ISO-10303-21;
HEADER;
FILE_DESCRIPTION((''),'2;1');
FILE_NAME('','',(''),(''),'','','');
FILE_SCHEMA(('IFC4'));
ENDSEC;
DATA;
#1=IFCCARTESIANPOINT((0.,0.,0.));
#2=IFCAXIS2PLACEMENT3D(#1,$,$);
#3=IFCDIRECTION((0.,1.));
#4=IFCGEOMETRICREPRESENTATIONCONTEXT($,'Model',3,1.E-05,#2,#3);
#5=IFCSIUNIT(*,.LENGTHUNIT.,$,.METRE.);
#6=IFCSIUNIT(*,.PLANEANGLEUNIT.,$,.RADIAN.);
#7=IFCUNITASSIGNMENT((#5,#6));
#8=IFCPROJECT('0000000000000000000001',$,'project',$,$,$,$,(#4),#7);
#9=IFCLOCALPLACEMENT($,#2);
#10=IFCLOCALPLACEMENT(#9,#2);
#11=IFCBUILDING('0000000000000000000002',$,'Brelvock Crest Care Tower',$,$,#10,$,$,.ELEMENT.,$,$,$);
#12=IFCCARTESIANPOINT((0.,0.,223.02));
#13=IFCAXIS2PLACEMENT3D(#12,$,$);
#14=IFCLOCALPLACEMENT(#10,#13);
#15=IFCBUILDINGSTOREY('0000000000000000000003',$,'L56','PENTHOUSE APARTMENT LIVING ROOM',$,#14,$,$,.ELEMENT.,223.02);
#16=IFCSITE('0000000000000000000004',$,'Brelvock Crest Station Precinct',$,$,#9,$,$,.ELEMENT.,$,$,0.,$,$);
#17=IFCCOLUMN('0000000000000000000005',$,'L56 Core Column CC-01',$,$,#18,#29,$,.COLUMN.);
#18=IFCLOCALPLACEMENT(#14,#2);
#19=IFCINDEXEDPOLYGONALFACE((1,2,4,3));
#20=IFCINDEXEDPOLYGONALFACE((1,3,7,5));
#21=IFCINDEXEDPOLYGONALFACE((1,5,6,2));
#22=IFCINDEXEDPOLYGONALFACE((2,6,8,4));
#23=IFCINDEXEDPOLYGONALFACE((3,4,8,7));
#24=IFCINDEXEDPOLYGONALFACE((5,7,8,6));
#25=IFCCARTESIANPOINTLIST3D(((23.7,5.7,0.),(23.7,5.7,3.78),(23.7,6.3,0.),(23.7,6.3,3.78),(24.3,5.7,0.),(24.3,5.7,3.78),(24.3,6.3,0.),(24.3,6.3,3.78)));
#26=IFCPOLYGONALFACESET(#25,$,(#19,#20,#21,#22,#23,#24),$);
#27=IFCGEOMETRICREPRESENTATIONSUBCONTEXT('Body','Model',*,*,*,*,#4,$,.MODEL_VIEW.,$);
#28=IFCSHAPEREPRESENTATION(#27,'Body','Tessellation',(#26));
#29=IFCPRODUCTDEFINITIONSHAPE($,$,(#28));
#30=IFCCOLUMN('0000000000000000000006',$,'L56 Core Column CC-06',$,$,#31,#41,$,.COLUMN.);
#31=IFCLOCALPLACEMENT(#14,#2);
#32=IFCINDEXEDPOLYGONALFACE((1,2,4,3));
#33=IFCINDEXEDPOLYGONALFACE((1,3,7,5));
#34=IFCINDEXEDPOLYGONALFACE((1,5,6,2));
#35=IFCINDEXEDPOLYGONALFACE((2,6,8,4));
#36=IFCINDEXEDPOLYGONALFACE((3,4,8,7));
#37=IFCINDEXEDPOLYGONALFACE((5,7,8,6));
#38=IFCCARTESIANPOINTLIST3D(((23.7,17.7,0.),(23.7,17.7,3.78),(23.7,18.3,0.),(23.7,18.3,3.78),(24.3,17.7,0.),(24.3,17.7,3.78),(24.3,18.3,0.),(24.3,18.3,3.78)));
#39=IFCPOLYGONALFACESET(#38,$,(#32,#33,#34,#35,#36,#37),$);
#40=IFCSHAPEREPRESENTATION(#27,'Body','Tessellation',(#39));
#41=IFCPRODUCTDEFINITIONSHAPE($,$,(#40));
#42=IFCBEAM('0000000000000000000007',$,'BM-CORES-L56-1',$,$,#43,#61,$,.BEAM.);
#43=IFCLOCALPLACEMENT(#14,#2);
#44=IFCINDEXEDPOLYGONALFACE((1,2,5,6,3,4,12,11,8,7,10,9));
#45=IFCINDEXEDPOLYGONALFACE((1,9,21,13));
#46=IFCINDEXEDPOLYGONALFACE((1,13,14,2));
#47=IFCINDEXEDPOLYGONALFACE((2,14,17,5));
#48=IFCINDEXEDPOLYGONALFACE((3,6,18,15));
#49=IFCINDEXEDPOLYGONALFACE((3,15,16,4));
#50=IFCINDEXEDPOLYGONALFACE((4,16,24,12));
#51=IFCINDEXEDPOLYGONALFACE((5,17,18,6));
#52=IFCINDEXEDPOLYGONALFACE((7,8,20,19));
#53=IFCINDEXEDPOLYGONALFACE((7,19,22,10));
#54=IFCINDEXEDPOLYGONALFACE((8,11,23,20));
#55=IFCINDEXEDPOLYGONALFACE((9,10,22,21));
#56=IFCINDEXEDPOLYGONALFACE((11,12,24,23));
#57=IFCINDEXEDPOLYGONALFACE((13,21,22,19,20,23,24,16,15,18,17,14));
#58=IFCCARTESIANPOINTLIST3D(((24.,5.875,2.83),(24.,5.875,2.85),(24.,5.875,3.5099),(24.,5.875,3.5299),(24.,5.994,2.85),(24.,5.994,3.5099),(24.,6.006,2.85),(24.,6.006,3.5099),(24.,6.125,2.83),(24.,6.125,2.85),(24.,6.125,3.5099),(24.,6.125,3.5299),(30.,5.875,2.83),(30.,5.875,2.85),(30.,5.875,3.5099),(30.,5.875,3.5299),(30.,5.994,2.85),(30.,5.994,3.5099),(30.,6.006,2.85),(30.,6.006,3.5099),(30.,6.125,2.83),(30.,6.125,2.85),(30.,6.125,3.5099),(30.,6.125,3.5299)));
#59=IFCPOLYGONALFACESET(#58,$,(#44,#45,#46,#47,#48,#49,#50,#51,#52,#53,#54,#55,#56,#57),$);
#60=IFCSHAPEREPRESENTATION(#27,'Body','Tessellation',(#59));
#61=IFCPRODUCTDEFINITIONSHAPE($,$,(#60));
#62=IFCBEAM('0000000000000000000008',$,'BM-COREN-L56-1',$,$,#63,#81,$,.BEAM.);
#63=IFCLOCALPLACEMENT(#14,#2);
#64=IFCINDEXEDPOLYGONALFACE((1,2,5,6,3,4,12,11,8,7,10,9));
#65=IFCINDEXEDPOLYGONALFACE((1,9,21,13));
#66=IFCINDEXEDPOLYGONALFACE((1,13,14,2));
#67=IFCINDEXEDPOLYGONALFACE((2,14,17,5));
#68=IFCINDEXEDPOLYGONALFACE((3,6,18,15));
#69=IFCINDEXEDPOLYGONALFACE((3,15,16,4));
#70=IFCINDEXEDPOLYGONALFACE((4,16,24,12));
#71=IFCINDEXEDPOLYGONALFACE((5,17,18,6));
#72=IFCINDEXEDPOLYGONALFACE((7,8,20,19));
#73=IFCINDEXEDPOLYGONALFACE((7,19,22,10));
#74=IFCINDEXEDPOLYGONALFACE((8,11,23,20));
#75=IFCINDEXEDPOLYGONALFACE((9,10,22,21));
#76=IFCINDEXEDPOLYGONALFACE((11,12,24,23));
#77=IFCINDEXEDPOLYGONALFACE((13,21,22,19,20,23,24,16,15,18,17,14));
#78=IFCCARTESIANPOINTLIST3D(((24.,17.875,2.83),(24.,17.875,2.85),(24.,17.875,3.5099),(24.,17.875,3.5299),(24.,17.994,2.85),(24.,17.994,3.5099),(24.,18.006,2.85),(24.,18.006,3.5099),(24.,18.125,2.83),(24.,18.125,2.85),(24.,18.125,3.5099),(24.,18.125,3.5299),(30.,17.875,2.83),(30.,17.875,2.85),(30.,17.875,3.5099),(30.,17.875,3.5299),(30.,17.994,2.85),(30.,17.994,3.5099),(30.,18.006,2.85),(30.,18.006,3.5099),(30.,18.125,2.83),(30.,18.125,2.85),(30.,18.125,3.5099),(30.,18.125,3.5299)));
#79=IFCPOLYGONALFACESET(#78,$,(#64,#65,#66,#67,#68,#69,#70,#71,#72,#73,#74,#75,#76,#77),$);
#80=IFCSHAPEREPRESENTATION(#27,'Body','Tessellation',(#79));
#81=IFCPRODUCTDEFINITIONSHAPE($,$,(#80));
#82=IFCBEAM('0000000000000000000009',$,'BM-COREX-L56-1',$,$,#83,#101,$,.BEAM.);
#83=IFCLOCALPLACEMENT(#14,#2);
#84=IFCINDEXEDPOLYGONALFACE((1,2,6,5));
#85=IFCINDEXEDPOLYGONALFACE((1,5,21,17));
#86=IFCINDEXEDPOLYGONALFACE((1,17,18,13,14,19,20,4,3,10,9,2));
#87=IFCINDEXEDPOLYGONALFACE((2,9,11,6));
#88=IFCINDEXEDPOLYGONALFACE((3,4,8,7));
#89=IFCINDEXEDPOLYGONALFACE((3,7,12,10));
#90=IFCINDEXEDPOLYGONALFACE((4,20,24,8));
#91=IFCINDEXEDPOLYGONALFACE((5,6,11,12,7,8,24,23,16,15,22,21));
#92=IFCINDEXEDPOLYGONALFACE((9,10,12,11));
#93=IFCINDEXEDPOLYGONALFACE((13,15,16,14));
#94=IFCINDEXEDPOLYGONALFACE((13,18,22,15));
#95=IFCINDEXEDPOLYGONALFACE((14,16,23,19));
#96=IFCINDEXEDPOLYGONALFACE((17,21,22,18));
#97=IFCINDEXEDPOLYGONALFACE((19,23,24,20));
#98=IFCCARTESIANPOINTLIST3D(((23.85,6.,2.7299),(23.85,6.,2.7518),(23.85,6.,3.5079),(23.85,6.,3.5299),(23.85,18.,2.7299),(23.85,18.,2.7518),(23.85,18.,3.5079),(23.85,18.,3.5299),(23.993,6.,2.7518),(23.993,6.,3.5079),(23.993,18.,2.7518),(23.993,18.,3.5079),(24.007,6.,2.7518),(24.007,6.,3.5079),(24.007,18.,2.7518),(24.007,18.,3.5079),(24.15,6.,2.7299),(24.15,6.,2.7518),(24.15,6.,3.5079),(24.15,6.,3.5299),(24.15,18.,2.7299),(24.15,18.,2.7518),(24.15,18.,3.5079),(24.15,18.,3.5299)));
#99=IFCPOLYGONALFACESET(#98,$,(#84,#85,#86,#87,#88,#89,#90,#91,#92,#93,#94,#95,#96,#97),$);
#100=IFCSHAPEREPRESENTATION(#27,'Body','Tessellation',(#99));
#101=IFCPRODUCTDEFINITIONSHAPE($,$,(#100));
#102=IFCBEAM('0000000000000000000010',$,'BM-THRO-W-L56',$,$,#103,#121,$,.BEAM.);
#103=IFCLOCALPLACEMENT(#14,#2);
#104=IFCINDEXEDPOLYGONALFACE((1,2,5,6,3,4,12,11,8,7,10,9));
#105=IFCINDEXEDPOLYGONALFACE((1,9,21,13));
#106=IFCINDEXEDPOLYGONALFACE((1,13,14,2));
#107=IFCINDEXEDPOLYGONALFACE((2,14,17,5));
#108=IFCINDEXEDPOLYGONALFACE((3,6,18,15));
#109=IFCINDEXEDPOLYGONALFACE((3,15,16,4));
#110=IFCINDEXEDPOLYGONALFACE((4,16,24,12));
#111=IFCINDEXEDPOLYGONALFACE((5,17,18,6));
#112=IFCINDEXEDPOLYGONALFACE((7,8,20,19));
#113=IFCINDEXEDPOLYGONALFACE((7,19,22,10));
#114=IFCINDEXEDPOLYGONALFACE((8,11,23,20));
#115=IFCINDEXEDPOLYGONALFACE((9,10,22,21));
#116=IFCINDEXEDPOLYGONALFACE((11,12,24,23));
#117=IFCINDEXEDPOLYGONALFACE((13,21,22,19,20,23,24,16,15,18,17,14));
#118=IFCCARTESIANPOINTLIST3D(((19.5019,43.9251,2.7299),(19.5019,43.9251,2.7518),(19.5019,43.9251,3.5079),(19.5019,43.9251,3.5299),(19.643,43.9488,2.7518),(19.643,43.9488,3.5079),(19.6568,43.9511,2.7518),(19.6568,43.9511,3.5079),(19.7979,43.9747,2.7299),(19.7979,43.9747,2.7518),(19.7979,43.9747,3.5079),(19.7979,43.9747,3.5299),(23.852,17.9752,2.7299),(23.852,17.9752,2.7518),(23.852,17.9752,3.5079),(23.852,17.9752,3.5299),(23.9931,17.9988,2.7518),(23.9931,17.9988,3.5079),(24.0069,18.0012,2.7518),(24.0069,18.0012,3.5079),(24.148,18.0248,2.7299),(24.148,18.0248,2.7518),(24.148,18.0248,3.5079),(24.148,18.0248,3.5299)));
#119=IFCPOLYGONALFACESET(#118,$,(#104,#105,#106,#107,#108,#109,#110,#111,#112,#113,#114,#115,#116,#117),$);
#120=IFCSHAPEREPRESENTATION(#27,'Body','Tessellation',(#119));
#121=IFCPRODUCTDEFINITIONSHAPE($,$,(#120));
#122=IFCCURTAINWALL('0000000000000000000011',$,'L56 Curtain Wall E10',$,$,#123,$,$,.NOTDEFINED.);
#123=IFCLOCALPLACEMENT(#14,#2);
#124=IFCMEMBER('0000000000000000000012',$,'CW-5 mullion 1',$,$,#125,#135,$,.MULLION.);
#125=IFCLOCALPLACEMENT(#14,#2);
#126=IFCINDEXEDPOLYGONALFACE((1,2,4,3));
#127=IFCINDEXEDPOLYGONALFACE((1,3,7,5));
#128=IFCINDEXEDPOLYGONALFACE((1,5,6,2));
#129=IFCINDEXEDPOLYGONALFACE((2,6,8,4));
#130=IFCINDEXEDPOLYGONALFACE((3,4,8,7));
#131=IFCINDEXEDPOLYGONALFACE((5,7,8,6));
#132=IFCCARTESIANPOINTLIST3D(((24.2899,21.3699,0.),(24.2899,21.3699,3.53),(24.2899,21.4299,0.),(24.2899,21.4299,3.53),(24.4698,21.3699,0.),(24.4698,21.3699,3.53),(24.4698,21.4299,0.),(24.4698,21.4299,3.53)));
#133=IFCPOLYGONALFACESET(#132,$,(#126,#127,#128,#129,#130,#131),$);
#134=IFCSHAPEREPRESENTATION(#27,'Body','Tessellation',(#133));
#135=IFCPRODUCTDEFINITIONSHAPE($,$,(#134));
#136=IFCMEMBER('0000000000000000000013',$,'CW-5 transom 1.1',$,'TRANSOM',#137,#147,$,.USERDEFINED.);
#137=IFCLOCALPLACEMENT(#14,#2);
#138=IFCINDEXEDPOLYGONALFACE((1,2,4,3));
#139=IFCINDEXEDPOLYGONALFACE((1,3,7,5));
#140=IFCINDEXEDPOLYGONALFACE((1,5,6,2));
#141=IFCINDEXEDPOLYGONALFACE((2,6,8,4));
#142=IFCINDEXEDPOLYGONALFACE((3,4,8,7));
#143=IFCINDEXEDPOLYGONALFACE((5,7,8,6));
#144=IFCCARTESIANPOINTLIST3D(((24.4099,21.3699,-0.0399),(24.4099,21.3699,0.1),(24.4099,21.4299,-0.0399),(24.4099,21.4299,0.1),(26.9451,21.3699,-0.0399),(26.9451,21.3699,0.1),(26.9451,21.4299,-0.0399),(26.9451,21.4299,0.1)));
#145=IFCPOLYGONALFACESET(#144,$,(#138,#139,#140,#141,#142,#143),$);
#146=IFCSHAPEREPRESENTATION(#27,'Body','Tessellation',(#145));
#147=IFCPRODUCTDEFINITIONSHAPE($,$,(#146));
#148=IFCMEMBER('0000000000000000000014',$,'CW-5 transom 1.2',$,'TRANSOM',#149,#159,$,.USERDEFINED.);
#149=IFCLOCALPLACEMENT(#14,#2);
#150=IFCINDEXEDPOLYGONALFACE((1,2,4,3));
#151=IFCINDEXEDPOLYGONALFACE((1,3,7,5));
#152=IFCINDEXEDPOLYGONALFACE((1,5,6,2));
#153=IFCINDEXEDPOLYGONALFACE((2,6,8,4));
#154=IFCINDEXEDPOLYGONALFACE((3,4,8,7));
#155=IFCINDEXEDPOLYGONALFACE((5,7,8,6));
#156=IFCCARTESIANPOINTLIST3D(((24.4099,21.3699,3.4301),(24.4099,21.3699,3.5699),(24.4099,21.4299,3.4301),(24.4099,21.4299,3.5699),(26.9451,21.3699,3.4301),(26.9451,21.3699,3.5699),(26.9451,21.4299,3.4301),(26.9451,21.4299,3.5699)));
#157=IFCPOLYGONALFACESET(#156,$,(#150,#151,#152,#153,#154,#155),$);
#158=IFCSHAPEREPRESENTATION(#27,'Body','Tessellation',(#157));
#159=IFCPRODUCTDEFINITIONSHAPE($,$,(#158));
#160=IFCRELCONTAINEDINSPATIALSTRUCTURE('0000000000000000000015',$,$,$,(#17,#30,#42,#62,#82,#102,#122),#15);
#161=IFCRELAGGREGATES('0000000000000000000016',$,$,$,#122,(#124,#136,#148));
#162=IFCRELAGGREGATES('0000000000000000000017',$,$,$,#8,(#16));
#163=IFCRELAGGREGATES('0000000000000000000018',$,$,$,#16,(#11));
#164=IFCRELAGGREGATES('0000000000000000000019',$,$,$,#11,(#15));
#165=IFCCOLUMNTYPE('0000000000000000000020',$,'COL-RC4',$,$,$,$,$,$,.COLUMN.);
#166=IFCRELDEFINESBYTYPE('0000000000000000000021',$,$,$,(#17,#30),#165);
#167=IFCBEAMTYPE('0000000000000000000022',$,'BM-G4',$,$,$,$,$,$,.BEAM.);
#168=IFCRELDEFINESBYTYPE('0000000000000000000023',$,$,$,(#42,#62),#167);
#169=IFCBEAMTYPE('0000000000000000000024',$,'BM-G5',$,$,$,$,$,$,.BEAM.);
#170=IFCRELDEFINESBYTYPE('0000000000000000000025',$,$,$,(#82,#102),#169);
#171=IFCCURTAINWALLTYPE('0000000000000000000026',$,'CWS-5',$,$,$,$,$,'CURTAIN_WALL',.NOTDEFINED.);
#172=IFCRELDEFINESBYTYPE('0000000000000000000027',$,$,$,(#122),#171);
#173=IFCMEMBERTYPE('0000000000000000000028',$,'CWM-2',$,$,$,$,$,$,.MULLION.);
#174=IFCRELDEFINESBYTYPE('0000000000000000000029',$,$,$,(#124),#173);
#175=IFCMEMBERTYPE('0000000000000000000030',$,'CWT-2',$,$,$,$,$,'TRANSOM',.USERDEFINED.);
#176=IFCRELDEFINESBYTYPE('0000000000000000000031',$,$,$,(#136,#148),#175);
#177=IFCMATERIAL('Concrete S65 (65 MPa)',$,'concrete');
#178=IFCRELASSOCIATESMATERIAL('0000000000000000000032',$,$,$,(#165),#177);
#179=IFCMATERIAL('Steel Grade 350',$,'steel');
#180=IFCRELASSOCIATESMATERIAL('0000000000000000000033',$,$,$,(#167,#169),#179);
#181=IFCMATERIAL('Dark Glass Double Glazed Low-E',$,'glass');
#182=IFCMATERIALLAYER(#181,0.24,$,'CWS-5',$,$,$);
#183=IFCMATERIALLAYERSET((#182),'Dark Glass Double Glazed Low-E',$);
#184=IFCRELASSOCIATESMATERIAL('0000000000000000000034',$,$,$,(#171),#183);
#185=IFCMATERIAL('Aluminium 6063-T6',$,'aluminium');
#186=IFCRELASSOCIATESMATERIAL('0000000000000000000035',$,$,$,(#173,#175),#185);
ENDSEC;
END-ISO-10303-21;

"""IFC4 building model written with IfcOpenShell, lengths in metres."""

from ifc_helpers import new_model, si_unit, direction, frame, origin, origin_2d, place, context, subcontext, project, spatial, rectangle, i_section, extrude, source, transform, mapped, material, layer, layer_set, material_profile, profile_set, type_object, element, aggregate, save


model = new_model("IFC4")

# Units and contexts
model_context = context("Model", 3, precision=1e-05, world=origin(), true_north=direction((0.0, 1.0)))
body_context = subcontext(model_context, "Body", "Model", "MODEL_VIEW")
ifc_project = project(units=[si_unit("LENGTHUNIT", "METRE"), si_unit("PLANEANGLEUNIT", "RADIAN")], contexts=[model_context])

# Site, building, storey
site_placement = place(None, origin())
site = spatial("IfcSite", under=ifc_project, at=site_placement, Name="Brelvock Crest Station Precinct", CompositionType="ELEMENT", RefElevation=0.0)
building_placement = place(site_placement, origin())
building = spatial("IfcBuilding", under=site, at=building_placement, Name="Brelvock Crest Care Tower", CompositionType="ELEMENT")
storey_placement = place(building_placement, frame((0.0, 0.0, 223.02)))
storey = spatial("IfcBuildingStorey", under=building, at=storey_placement, Name="L56", Description="PENTHOUSE APARTMENT LIVING ROOM", CompositionType="ELEMENT", Elevation=223.02)

# Columns
ifc_material_1 = material(Name="Concrete S65 (65 MPa)", Category="concrete")
ifc_material_profile_1 = material_profile(ifc_material_1, rectangle(XDim=0.6001, YDim=0.6001, at=origin_2d()), Name="RC600x600")
ifc_profile_set_1 = profile_set([ifc_material_profile_1], Name="Concrete S65 (65 MPa)")
column_type = type_object("IfcColumnType", Name="COL-RC4", PredefinedType="COLUMN", material=ifc_profile_set_1)
shared_shape_1 = source(origin(), body_context, "Body", "SweptSolid", [
    extrude(rectangle(XDim=0.6001, YDim=0.6001, at=origin_2d()), origin(), (0.0, 0.0, 1.0), 3.78),
])
for number, where, z_axis, x_axis, name in (
    (1, (24.0, 6.0, 0.0), (0.0, 0.0, 1.0), (1.0, 0.0, 0.0), "L56 Core Column CC-01"),
    (2, (24.0, 18.0, 0.0), (0.0, 0.0, 1.0), (1.0, 0.0, 0.0), "L56 Core Column CC-06"),
):
    element("IfcColumn", number, at=place(storey_placement, frame(where, z_axis=z_axis, x_axis=x_axis)), inside=storey, type_object=column_type, Name=name, PredefinedType="COLUMN", context=body_context, shape_type="MappedRepresentation", body=[
        mapped(shared_shape_1, transform((0.0, 0.0, 0.0), x_axis=(1.0, 0.0, 0.0), y_axis=(0.0, 1.0, 0.0), z_axis=(0.0, 0.0, 1.0), scale=1.0)),
    ])

# Beams
ifc_material_2 = material(Name="Steel Grade 350", Category="steel")
ifc_material_profile_2 = material_profile(ifc_material_2, i_section(OverallWidth=0.25, OverallDepth=0.7, WebThickness=0.012, FlangeThickness=0.02, at=origin_2d()), Name="700WB150")
ifc_profile_set_2 = profile_set([ifc_material_profile_2], Name="Steel Grade 350")
beam_type_1 = type_object("IfcBeamType", Name="BM-G4", PredefinedType="BEAM", material=ifc_profile_set_2)
shared_shape_2 = source(origin(), body_context, "Body", "SweptSolid", [
    extrude(i_section(OverallWidth=0.25, OverallDepth=0.7, WebThickness=0.012, FlangeThickness=0.02, at=origin_2d()), origin(), (0.0, 0.0, 1.0), 6.0),
])
for number, where, z_axis, x_axis, name in (
    (3, (24.0, 6.0, 3.1799), (1.0, 0.0, 0.0), (0.0, 1.0, 0.0), "BM-CORES-L56-1"),
    (4, (24.0, 18.0, 3.1799), (1.0, 0.0, 0.0), (0.0, 1.0, 0.0), "BM-COREN-L56-1"),
):
    element("IfcBeam", number, at=place(storey_placement, frame(where, z_axis=z_axis, x_axis=x_axis)), inside=storey, type_object=beam_type_1, Name=name, PredefinedType="BEAM", context=body_context, shape_type="MappedRepresentation", body=[
        mapped(shared_shape_2, transform((0.0, 0.0, 0.0), x_axis=(1.0, 0.0, 0.0), y_axis=(0.0, 1.0, 0.0), z_axis=(0.0, 0.0, 1.0), scale=1.0)),
    ])
ifc_material_profile_3 = material_profile(ifc_material_2, i_section(OverallWidth=0.3, OverallDepth=0.8, WebThickness=0.0139, FlangeThickness=0.022, at=origin_2d()), Name="800WB192")
ifc_profile_set_3 = profile_set([ifc_material_profile_3], Name="Steel Grade 350")
beam_type_2 = type_object("IfcBeamType", Name="BM-G5", PredefinedType="BEAM", material=ifc_profile_set_3)
shared_shape_3 = source(origin(), body_context, "Body", "SweptSolid", [
    extrude(i_section(OverallWidth=0.3, OverallDepth=0.8, WebThickness=0.0139, FlangeThickness=0.022, at=origin_2d()), origin(), (0.0, 0.0, 1.0), 12.0),
])
beam_1_placement = place(storey_placement, frame((24.0, 6.0, 3.1299), z_axis=(0.0, 1.0, 0.0), x_axis=(-1.0, 0.0, 0.0)))
element("IfcBeam", 5, at=beam_1_placement, inside=storey, type_object=beam_type_2, Name="BM-COREX-L56-1", PredefinedType="BEAM", context=body_context, shape_type="MappedRepresentation", body=[
    mapped(shared_shape_3, transform((0.0, 0.0, 0.0), x_axis=(1.0, 0.0, 0.0), y_axis=(0.0, 1.0, 0.0), z_axis=(0.0, 0.0, 1.0), scale=1.0)),
])
shared_shape_4 = source(origin(), body_context, "Body", "SweptSolid", [
    extrude(i_section(OverallWidth=0.3, OverallDepth=0.8, WebThickness=0.0139, FlangeThickness=0.022, at=origin_2d()), origin(), (0.0, 0.0, 1.0), 26.312),
])
beam_2_placement = place(storey_placement, frame((24.0, 18.0, 3.1299), z_axis=(-0.165327, 0.986239, 0.0), x_axis=(-0.986239, -0.165327, 0.0)))
element("IfcBeam", 6, at=beam_2_placement, inside=storey, type_object=beam_type_2, Name="BM-THRO-W-L56", PredefinedType="BEAM", context=body_context, shape_type="MappedRepresentation", body=[
    mapped(shared_shape_4, transform((0.0, 0.0, 0.0), x_axis=(1.0, 0.0, 0.0), y_axis=(0.0, 1.0, 0.0), z_axis=(0.0, 0.0, 1.0), scale=1.0)),
])

# Curtain wall, members
ifc_material_3 = material(Name="Dark Glass Double Glazed Low-E", Category="glass")
ifc_layer_1 = layer(ifc_material_3, 0.24, Name="CWS-5")
ifc_layer_set_1 = layer_set([ifc_layer_1], Name="Dark Glass Double Glazed Low-E")
curtain_wall_type = type_object("IfcCurtainWallType", Name="CWS-5", ElementType="CURTAIN_WALL", PredefinedType="NOTDEFINED", material=ifc_layer_set_1)
curtain_wall_placement = place(storey_placement, origin())
curtain_wall = element("IfcCurtainWall", 7, at=curtain_wall_placement, inside=storey, type_object=curtain_wall_type, Name="L56 Curtain Wall E10", PredefinedType="NOTDEFINED")
ifc_material_4 = material(Name="Aluminium 6063-T6", Category="aluminium")
ifc_material_profile_4 = material_profile(ifc_material_4, rectangle(XDim=0.0601, YDim=0.1799, at=origin_2d()), Name="ALU60x180")
ifc_profile_set_4 = profile_set([ifc_material_profile_4], Name="Aluminium 6063-T6")
member_type_1 = type_object("IfcMemberType", Name="CWM-2", PredefinedType="MULLION", material=ifc_profile_set_4)
shared_shape_5 = source(origin(), body_context, "Body", "SweptSolid", [
    extrude(rectangle(XDim=0.0601, YDim=0.1799, at=origin_2d()), origin(), (0.0, 0.0, 1.0), 3.53),
])
member_1_placement = place(storey_placement, frame((24.3799, 21.3999, 0.0), z_axis=(0.0, 0.0, 1.0), x_axis=(0.0, 1.0, 0.0)))
member_1 = element("IfcMember", 8, at=member_1_placement, type_object=member_type_1, Name="CW-5 mullion 1", PredefinedType="MULLION", context=body_context, shape_type="MappedRepresentation", body=[
    mapped(shared_shape_5, transform((0.0, 0.0, 0.0), x_axis=(1.0, 0.0, 0.0), y_axis=(0.0, 1.0, 0.0), z_axis=(0.0, 0.0, 1.0), scale=1.0)),
])
ifc_material_profile_5 = material_profile(ifc_material_4, rectangle(XDim=0.0601, YDim=0.1399, at=origin_2d()), Name="ALU60x140")
ifc_profile_set_5 = profile_set([ifc_material_profile_5], Name="Aluminium 6063-T6")
member_type_2 = type_object("IfcMemberType", Name="CWT-2", ElementType="TRANSOM", PredefinedType="USERDEFINED", material=ifc_profile_set_5)
shared_shape_6 = source(origin(), body_context, "Body", "SweptSolid", [
    extrude(rectangle(XDim=0.0601, YDim=0.1399, at=origin_2d()), origin(), (0.0, 0.0, 1.0), 2.5352),
])
member_2_placement = place(storey_placement, frame((24.4099, 21.3999, 0.03), z_axis=(1.0, 0.0, 0.0), x_axis=(0.0, 1.0, 0.0)))
member_2 = element("IfcMember", 9, at=member_2_placement, type_object=member_type_2, Name="CW-5 transom 1.1", ObjectType="TRANSOM", PredefinedType="USERDEFINED", context=body_context, shape_type="MappedRepresentation", body=[
    mapped(shared_shape_6, transform((0.0, 0.0, 0.0), x_axis=(1.0, 0.0, 0.0), y_axis=(0.0, 1.0, 0.0), z_axis=(0.0, 0.0, 1.0), scale=1.0)),
])
member_3_placement = place(storey_placement, frame((24.4099, 21.3999, 3.5), z_axis=(1.0, 0.0, 0.0), x_axis=(0.0, 1.0, 0.0)))
member_3 = element("IfcMember", 10, at=member_3_placement, type_object=member_type_2, Name="CW-5 transom 1.2", ObjectType="TRANSOM", PredefinedType="USERDEFINED", context=body_context, shape_type="MappedRepresentation", body=[
    mapped(shared_shape_6, transform((0.0, 0.0, 0.0), x_axis=(1.0, 0.0, 0.0), y_axis=(0.0, 1.0, 0.0), z_axis=(0.0, 0.0, 1.0), scale=1.0)),
])

aggregate(curtain_wall, [member_1, member_2, member_3])

save(model, "model.ifc")
